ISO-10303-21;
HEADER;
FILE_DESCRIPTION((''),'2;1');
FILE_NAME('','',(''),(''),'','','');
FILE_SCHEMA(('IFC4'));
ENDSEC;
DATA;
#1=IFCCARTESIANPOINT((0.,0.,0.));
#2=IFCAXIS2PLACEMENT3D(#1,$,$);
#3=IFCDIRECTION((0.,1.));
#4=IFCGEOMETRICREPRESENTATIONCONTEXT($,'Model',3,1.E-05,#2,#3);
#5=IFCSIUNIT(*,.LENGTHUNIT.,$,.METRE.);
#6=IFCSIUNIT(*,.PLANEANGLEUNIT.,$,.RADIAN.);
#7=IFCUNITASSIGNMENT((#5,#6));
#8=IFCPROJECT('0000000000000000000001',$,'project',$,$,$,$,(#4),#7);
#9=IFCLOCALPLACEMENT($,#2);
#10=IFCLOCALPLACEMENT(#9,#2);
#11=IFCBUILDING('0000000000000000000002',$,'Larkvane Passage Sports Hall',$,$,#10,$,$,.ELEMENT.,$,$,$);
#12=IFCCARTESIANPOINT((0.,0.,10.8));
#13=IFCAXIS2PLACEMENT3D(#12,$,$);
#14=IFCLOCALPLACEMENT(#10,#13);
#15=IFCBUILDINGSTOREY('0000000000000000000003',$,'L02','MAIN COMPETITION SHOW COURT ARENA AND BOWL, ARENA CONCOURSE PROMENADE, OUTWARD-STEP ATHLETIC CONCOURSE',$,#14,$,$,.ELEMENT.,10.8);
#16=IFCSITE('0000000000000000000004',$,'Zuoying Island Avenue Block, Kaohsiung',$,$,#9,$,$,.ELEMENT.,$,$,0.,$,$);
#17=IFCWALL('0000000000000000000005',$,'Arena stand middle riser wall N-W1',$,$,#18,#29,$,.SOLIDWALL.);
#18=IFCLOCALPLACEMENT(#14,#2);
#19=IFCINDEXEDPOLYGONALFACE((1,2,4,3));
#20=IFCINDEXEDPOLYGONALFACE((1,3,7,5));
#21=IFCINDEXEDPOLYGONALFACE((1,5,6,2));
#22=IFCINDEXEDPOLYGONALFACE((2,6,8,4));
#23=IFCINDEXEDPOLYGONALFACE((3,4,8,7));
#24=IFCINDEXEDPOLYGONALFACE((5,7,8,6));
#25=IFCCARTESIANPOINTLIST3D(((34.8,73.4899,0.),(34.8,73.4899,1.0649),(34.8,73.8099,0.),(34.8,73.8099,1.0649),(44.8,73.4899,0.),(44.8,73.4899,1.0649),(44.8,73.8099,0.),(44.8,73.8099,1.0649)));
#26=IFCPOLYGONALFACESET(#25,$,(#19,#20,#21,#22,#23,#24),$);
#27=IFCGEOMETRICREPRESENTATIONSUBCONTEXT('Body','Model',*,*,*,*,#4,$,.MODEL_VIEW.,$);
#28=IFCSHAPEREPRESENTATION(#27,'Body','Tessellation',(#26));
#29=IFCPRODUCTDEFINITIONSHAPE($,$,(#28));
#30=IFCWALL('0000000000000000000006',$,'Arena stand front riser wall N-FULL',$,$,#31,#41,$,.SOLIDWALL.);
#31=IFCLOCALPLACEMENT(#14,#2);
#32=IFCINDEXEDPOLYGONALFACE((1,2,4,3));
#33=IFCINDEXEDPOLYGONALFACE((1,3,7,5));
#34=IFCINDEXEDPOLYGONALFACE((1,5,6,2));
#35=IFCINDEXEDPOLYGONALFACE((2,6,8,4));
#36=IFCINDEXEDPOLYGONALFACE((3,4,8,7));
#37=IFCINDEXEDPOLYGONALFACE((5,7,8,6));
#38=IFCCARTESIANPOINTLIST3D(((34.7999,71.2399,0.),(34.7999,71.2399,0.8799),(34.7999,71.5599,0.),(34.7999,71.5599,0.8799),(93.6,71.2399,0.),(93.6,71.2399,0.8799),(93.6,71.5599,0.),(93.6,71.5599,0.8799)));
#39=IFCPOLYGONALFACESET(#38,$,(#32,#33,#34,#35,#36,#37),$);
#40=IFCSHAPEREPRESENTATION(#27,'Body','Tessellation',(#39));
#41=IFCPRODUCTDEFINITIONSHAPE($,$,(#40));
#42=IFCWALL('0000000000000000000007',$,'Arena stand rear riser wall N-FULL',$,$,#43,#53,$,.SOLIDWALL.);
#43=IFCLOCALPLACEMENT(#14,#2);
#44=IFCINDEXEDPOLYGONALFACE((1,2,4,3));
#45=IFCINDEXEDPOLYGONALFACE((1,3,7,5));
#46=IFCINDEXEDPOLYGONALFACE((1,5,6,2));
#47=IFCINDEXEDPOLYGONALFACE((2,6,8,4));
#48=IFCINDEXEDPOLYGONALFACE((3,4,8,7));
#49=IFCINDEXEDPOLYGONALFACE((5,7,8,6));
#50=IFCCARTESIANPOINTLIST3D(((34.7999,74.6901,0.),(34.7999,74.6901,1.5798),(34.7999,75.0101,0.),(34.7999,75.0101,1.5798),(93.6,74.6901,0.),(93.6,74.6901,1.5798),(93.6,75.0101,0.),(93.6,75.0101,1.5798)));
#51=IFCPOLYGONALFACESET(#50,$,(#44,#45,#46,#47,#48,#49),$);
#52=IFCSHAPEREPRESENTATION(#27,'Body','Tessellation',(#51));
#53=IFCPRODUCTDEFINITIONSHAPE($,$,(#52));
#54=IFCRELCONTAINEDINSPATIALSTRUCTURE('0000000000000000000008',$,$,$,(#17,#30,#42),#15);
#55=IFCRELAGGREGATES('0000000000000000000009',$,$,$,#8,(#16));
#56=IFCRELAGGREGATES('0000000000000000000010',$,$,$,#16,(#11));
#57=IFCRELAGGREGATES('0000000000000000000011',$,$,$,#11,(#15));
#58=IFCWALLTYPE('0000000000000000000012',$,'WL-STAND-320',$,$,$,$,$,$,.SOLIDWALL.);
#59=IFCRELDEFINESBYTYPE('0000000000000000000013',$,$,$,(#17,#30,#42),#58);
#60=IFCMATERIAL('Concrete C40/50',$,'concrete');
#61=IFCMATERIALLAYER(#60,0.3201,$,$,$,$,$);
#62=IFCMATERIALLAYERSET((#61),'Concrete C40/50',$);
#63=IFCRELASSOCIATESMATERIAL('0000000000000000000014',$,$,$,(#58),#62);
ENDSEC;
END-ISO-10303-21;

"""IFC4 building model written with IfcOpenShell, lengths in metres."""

from ifc_helpers import new_model, si_unit, direction, frame, frame_2d, origin, place, context, subcontext, project, spatial, rectangle, extrude, material, layer, layer_set, type_object, element, save


model = new_model("IFC4")

# Units and contexts
model_context = context("Model", 3, precision=1e-05, world=origin(), true_north=direction((0.0, 1.0)))
body_context = subcontext(model_context, "Body", "Model", "MODEL_VIEW")
ifc_project = project(units=[si_unit("LENGTHUNIT", "METRE"), si_unit("PLANEANGLEUNIT", "RADIAN")], contexts=[model_context])

# Site, building, storey
site_placement = place(None, origin())
site = spatial("IfcSite", under=ifc_project, at=site_placement, Name="Zuoying Island Avenue Block, Kaohsiung", CompositionType="ELEMENT", RefElevation=0.0)
building_placement = place(site_placement, origin())
building = spatial("IfcBuilding", under=site, at=building_placement, Name="Larkvane Passage Sports Hall", CompositionType="ELEMENT")
storey_placement = place(building_placement, frame((0.0, 0.0, 10.8)))
storey = spatial("IfcBuildingStorey", under=building, at=storey_placement, Name="L02", Description="MAIN COMPETITION SHOW COURT ARENA AND BOWL, ARENA CONCOURSE PROMENADE, OUTWARD-STEP ATHLETIC CONCOURSE", CompositionType="ELEMENT", Elevation=10.8)

# Walls
ifc_material_1 = material(Name="Concrete C40/50", Category="concrete")
ifc_layer_1 = layer(ifc_material_1, 0.3201)
ifc_layer_set_1 = layer_set([ifc_layer_1], Name="Concrete C40/50")
wall_type = type_object("IfcWallType", Name="WL-STAND-320", PredefinedType="SOLIDWALL", material=ifc_layer_set_1)
wall_1_placement = place(storey_placement, frame((34.8, 73.6499, 0.0), z_axis=(0.0, 0.0, 1.0), x_axis=(1.0, 0.0, 0.0)))
element("IfcWall", 1, at=wall_1_placement, inside=storey, type_object=wall_type, Name="Arena stand middle riser wall N-W1", PredefinedType="SOLIDWALL", context=body_context, shape_type="SweptSolid", body=[
    extrude(rectangle(XDim=10.0, YDim=0.3201, at=frame_2d((5.0, 0.0))), origin(), (0.0, 0.0, 1.0), 1.0649),
])
wall_2_placement = place(storey_placement, frame((34.8, 71.3999, 0.0), z_axis=(0.0, 0.0, 1.0), x_axis=(1.0, 0.0, 0.0)))
element("IfcWall", 2, at=wall_2_placement, inside=storey, type_object=wall_type, Name="Arena stand front riser wall N-FULL", PredefinedType="SOLIDWALL", context=body_context, shape_type="SweptSolid", body=[
    extrude(rectangle(XDim=58.8, YDim=0.3201, at=frame_2d((29.3999, 0.0))), origin(), (0.0, 0.0, 1.0), 0.8799),
])
wall_3_placement = place(storey_placement, frame((34.8, 74.8501, 0.0), z_axis=(0.0, 0.0, 1.0), x_axis=(1.0, 0.0, 0.0)))
element("IfcWall", 3, at=wall_3_placement, inside=storey, type_object=wall_type, Name="Arena stand rear riser wall N-FULL", PredefinedType="SOLIDWALL", context=body_context, shape_type="SweptSolid", body=[
    extrude(rectangle(XDim=58.8, YDim=0.3201, at=frame_2d((29.3999, 0.0))), origin(), (0.0, 0.0, 1.0), 1.5798),
])

save(model, "model.ifc")
